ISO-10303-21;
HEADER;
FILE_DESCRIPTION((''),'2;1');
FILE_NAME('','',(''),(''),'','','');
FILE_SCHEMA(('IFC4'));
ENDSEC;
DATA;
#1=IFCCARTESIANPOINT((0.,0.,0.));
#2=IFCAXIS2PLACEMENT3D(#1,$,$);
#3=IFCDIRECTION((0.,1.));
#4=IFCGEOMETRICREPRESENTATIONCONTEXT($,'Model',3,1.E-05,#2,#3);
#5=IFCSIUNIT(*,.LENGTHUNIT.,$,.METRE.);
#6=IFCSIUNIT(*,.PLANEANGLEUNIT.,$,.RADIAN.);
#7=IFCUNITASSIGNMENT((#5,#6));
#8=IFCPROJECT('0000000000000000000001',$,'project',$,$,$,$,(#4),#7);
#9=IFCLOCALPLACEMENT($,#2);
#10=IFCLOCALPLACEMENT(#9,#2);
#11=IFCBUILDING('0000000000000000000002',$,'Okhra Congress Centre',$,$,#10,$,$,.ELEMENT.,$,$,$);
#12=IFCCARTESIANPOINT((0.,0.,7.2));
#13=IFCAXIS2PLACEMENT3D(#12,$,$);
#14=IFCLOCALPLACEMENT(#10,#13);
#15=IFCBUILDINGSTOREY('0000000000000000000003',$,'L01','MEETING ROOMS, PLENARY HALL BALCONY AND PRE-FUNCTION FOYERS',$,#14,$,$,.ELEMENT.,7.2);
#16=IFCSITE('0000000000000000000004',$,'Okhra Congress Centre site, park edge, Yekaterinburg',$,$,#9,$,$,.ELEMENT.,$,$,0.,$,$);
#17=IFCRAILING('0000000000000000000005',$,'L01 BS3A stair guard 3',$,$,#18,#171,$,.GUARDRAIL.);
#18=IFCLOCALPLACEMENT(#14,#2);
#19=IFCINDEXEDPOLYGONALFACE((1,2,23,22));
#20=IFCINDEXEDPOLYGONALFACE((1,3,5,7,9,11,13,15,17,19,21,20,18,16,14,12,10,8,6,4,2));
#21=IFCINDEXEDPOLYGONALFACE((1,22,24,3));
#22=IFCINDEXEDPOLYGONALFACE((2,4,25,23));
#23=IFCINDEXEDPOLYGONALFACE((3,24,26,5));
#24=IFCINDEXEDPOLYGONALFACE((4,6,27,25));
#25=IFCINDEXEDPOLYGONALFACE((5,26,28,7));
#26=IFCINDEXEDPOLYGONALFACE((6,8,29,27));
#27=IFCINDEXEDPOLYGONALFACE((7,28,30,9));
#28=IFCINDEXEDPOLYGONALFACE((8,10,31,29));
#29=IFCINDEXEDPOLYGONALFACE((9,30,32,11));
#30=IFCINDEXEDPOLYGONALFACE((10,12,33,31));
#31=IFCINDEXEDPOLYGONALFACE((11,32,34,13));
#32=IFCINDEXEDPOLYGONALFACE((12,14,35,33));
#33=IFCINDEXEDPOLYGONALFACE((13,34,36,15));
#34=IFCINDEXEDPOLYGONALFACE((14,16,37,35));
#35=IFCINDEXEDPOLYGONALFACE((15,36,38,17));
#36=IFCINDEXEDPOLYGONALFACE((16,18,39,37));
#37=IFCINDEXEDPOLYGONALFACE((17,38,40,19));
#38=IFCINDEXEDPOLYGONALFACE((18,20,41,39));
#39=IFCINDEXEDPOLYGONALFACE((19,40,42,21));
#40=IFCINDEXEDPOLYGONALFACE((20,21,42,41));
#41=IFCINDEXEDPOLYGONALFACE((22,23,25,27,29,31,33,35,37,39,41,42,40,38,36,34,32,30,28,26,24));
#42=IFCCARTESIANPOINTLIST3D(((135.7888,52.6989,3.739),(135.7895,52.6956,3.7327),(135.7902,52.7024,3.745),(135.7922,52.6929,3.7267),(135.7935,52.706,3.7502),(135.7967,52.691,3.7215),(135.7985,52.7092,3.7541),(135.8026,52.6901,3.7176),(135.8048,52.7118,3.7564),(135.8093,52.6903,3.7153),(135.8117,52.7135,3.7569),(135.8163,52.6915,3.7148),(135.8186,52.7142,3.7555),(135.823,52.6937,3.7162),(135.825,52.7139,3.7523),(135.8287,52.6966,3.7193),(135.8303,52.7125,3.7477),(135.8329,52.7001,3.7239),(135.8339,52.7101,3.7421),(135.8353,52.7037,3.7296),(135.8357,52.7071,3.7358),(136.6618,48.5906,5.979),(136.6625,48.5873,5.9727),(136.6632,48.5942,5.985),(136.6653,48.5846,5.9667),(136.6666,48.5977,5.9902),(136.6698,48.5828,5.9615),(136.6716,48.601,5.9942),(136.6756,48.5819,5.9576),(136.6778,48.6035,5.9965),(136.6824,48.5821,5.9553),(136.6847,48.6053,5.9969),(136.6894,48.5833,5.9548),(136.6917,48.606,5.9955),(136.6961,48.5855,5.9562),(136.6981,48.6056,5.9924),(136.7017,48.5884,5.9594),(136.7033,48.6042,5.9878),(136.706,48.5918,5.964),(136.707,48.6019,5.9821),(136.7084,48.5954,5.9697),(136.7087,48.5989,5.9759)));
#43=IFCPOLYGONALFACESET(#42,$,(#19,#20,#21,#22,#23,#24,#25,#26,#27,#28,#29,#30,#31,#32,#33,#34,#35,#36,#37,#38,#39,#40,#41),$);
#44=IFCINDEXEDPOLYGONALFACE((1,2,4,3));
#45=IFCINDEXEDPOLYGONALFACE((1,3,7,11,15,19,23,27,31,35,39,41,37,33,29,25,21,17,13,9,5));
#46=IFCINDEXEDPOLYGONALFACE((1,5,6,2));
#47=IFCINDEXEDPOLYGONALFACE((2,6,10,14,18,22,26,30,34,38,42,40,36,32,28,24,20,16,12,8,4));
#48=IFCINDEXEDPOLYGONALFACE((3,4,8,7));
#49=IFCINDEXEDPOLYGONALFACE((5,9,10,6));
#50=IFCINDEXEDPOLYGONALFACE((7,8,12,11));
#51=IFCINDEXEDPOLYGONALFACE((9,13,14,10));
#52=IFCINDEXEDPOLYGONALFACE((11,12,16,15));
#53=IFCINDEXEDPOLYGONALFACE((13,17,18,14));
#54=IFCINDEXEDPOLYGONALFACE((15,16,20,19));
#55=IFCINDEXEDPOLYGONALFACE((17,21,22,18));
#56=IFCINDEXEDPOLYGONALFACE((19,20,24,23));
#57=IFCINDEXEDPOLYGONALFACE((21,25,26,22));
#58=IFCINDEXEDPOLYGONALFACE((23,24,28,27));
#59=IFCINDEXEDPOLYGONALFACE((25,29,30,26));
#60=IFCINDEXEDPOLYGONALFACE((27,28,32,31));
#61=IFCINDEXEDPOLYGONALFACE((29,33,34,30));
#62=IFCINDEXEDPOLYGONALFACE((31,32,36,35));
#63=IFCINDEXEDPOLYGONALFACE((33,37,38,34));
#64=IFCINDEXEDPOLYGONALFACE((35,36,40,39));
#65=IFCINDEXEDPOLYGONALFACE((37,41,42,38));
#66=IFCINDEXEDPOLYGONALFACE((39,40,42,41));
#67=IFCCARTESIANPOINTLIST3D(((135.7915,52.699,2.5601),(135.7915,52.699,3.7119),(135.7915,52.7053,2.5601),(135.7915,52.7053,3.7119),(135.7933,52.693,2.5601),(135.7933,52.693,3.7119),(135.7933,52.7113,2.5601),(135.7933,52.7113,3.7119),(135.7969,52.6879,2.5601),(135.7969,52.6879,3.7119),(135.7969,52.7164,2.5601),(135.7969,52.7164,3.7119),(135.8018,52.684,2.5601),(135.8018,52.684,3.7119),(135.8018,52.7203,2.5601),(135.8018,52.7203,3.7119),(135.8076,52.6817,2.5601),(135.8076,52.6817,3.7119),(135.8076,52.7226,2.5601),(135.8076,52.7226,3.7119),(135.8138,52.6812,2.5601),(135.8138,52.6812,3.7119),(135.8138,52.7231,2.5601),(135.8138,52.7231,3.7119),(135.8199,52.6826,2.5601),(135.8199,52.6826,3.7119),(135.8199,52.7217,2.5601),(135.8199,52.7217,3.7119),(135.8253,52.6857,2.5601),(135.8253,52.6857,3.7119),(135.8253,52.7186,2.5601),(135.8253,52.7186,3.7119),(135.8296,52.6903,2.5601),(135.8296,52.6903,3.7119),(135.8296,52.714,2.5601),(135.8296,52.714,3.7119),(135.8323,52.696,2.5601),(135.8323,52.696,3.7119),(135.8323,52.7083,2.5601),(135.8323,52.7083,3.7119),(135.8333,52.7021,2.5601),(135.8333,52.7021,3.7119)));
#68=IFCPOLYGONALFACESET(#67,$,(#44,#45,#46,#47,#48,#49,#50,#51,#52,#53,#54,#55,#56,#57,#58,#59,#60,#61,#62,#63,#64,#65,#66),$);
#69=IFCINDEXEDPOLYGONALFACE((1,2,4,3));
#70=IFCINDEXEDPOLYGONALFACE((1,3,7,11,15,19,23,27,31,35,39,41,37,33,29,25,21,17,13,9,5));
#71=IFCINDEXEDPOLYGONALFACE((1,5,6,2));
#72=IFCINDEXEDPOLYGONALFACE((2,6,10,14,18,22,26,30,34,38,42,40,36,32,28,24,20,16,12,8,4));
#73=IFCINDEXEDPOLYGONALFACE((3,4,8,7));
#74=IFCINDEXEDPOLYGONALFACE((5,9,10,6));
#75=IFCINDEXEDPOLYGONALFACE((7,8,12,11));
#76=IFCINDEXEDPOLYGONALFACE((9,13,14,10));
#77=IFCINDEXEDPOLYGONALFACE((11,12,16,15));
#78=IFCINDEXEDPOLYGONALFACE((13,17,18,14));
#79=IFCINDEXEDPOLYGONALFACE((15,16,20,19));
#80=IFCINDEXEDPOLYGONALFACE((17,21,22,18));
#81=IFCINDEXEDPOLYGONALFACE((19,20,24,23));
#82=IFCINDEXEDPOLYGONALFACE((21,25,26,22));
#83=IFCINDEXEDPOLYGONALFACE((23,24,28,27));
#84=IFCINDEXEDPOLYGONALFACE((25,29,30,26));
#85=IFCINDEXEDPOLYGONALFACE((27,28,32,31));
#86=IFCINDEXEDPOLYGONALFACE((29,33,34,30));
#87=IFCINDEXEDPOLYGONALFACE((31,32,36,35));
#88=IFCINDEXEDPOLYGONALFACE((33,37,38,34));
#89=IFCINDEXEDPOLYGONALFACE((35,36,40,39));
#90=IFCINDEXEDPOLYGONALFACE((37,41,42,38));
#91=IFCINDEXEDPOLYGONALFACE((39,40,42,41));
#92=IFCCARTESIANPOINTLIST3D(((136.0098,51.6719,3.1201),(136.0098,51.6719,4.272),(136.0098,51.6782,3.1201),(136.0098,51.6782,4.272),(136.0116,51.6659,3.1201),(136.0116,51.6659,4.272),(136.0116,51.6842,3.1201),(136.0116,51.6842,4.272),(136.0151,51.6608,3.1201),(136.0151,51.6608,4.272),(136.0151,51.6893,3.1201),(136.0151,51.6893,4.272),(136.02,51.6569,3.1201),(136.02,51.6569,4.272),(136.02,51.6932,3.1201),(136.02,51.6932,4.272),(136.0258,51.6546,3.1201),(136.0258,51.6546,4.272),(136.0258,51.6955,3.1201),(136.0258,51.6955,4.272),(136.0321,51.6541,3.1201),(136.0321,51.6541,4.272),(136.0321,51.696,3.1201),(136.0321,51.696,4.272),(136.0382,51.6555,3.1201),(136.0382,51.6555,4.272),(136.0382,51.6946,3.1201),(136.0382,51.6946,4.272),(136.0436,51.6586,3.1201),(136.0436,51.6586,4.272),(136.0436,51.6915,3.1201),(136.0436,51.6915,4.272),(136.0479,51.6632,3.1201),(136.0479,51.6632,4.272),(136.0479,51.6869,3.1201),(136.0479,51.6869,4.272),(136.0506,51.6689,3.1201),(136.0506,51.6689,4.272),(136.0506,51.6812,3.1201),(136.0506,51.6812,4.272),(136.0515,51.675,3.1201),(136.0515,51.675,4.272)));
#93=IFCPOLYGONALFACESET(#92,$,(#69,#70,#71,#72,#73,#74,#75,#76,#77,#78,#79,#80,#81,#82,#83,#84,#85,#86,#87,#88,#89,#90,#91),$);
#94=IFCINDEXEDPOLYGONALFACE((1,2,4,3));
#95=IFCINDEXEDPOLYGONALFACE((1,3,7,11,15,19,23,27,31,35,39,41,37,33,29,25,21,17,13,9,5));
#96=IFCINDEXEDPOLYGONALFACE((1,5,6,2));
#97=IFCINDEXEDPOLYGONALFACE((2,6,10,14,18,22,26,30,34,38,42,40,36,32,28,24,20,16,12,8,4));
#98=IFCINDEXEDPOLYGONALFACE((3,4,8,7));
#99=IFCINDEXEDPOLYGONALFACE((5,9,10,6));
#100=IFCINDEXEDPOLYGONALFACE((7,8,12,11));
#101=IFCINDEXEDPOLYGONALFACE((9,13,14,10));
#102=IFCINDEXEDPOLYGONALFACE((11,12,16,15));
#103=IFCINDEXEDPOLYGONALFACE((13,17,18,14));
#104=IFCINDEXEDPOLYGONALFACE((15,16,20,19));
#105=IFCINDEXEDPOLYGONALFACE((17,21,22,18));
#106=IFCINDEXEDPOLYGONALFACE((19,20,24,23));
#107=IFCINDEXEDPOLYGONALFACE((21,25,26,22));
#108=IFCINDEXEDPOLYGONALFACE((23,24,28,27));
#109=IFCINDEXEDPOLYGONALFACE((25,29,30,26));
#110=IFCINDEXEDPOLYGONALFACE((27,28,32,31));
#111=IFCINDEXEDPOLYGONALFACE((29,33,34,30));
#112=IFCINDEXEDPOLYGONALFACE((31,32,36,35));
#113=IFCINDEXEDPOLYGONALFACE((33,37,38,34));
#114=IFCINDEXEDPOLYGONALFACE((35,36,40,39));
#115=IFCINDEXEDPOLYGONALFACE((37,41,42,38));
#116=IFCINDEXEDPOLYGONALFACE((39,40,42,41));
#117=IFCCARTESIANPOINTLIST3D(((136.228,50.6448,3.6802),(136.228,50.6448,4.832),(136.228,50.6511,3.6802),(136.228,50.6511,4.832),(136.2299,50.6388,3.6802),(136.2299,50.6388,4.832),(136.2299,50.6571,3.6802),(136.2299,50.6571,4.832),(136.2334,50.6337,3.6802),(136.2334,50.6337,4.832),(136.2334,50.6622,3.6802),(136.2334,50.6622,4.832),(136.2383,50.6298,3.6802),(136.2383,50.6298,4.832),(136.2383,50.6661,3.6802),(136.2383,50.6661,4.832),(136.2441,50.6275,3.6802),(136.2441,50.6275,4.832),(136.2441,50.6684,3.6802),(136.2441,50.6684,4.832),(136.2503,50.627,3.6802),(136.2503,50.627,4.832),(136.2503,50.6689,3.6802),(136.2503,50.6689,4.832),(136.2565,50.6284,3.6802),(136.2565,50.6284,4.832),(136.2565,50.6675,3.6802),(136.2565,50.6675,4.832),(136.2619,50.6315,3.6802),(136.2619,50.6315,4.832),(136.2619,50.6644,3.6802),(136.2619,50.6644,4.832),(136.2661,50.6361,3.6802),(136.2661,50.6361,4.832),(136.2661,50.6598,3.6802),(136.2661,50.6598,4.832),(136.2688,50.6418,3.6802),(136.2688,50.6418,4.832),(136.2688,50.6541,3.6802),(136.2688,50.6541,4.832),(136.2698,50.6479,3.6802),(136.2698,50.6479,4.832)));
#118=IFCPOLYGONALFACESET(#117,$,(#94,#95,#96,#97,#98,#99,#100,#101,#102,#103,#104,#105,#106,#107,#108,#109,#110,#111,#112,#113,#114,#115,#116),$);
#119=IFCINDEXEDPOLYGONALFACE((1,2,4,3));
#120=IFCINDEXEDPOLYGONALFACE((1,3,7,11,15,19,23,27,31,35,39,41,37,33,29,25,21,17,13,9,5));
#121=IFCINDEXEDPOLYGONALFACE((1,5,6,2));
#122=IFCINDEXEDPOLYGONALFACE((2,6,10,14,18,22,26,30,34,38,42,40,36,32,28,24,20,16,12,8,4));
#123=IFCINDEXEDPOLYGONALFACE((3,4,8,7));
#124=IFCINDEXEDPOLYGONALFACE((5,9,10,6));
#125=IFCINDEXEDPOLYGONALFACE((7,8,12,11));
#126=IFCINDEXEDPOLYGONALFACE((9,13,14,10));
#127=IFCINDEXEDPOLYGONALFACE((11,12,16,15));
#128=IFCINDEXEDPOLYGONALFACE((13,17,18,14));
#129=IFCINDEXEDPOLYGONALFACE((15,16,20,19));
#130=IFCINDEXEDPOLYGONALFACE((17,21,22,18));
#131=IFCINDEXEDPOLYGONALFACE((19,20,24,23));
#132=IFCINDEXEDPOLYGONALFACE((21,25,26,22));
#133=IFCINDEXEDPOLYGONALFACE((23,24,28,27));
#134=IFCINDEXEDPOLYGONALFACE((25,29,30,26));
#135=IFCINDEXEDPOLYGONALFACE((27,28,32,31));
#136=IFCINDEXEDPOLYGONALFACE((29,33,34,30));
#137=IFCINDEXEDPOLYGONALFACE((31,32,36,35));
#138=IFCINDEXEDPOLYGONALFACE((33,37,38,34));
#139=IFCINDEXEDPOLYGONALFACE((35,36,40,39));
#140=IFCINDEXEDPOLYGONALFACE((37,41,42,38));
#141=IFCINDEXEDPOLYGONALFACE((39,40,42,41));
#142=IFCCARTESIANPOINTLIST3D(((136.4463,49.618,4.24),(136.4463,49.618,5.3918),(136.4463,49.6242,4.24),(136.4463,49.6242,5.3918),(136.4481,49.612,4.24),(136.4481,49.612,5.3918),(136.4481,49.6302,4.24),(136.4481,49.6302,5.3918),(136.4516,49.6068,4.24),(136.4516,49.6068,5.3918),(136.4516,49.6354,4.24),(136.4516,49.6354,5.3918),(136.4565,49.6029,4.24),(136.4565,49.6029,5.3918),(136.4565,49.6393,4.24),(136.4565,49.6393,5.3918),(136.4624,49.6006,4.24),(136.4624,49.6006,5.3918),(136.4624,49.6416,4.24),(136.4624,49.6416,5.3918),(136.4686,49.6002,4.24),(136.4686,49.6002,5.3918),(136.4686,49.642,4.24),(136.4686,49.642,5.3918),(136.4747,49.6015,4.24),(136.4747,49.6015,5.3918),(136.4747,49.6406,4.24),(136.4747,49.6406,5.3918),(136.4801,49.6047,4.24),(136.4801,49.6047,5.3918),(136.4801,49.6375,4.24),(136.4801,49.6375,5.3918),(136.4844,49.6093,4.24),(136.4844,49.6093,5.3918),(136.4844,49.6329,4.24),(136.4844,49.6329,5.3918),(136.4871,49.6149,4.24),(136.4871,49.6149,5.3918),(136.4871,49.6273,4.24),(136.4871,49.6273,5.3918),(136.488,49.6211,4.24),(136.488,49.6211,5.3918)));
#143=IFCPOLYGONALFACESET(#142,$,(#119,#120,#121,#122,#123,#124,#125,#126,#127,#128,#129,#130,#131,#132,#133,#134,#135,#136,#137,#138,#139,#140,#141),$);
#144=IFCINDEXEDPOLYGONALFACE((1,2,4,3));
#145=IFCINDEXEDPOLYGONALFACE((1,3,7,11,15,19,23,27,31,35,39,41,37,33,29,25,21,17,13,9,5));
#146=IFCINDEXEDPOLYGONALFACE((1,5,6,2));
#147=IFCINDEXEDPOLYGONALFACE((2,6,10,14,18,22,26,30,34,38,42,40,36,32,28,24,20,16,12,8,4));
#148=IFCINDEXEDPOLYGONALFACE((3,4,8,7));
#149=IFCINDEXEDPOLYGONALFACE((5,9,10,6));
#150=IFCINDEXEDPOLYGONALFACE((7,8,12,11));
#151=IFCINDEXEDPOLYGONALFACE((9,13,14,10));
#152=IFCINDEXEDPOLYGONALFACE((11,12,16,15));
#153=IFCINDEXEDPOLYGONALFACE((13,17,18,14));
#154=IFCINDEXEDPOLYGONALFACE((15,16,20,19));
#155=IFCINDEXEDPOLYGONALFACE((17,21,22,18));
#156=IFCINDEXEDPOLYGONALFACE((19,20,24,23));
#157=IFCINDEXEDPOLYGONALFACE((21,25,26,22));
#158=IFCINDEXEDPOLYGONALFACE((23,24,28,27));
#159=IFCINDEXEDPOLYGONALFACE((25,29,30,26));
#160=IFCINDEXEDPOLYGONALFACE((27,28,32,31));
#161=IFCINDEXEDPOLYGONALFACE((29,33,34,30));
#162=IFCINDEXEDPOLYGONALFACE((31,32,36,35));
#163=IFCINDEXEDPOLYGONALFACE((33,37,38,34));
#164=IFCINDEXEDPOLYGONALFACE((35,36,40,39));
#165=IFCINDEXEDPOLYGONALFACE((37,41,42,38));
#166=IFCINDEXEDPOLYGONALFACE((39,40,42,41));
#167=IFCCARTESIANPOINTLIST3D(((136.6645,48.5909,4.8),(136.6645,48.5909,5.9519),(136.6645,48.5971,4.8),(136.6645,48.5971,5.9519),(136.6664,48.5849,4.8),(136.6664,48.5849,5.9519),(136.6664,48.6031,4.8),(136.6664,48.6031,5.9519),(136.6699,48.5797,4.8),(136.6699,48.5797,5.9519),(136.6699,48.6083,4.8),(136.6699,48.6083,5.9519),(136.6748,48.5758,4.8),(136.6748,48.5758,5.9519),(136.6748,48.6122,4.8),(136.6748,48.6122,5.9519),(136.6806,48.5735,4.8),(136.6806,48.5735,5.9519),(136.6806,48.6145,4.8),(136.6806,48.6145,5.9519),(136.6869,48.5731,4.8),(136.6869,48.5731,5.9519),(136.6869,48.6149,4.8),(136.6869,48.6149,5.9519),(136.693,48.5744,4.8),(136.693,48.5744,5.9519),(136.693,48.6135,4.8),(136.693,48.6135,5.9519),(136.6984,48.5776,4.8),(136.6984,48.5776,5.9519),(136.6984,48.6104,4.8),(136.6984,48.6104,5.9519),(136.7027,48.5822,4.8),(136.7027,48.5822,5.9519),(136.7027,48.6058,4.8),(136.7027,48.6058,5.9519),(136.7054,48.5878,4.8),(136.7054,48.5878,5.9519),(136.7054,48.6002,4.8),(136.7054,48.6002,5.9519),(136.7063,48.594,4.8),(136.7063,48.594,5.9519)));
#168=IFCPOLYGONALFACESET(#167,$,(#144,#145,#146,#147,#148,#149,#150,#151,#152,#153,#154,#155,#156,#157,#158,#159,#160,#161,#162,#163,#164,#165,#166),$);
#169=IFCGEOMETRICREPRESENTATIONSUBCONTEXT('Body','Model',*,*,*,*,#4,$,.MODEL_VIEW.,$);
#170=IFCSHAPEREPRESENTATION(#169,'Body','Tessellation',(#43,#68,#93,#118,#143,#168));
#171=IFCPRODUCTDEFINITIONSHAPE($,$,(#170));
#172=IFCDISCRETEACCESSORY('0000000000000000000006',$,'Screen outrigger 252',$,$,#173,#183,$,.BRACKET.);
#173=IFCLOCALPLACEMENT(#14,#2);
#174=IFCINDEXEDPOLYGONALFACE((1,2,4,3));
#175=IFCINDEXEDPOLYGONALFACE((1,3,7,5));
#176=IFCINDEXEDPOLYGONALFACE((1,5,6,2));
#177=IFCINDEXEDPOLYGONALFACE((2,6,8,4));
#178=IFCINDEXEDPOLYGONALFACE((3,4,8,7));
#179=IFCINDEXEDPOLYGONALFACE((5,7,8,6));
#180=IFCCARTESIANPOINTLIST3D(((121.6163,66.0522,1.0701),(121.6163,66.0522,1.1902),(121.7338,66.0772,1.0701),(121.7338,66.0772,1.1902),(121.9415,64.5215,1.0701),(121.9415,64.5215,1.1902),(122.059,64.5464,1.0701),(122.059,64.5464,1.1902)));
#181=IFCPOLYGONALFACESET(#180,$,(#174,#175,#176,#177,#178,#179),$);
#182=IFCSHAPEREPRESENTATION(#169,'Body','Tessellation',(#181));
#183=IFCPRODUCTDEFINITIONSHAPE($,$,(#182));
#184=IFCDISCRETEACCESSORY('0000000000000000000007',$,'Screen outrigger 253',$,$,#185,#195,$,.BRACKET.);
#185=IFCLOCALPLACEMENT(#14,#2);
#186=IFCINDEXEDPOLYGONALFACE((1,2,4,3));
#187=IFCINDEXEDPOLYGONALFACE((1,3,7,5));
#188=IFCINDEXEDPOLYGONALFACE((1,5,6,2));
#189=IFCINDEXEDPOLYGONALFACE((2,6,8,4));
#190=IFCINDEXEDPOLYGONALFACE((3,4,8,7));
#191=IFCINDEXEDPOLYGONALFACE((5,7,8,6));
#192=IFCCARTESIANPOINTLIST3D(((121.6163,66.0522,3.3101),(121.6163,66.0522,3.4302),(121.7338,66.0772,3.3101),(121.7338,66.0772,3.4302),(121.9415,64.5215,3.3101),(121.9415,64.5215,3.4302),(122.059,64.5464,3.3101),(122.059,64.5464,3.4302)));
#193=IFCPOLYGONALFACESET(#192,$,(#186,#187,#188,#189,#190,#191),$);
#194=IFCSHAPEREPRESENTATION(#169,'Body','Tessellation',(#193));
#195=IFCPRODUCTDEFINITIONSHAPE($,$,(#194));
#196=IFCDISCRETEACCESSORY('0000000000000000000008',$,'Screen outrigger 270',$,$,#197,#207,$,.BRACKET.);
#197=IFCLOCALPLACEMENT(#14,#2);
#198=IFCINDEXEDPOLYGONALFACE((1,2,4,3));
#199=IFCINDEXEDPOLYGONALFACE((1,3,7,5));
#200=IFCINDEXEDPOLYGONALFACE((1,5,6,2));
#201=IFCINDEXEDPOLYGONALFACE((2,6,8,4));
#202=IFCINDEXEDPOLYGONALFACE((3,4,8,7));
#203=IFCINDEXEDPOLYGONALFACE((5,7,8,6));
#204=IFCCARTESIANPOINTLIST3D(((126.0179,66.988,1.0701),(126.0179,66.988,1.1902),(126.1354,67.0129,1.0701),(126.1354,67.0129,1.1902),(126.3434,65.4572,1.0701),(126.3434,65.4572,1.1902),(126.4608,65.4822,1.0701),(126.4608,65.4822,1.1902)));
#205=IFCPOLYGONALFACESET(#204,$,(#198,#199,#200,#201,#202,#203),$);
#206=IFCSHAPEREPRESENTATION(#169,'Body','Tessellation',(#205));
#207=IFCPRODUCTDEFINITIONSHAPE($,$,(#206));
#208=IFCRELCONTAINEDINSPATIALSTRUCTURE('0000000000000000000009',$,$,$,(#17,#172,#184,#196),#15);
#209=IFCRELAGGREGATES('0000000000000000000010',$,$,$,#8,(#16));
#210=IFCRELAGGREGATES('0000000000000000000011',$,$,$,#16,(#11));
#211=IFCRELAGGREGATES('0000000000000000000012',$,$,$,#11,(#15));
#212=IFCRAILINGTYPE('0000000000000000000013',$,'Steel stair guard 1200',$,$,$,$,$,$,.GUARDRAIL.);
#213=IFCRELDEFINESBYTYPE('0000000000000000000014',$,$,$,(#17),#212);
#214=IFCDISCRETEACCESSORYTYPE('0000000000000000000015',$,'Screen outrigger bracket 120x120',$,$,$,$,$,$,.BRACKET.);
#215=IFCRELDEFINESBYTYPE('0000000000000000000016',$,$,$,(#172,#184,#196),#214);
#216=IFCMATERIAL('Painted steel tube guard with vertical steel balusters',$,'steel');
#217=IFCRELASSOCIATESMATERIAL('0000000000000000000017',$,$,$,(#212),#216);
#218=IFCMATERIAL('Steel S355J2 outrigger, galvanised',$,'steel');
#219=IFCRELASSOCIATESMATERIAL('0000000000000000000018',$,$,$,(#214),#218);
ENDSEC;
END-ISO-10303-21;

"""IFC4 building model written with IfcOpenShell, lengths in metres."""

from ifc_helpers import new_model, si_unit, direction, frame, origin, origin_2d, place, context, subcontext, project, spatial, rectangle, circle, extrude, material, material_profile, profile_set, type_object, element, save


model = new_model("IFC4")

# Units and contexts
model_context = context("Model", 3, precision=1e-05, world=origin(), true_north=direction((0.0, 1.0)))
body_context = subcontext(model_context, "Body", "Model", "MODEL_VIEW")
ifc_project = project(units=[si_unit("LENGTHUNIT", "METRE"), si_unit("PLANEANGLEUNIT", "RADIAN")], contexts=[model_context])

# Site, building, storey
site_placement = place(None, origin())
site = spatial("IfcSite", under=ifc_project, at=site_placement, Name="Okhra Congress Centre site, park edge, Yekaterinburg", CompositionType="ELEMENT", RefElevation=0.0)
building_placement = place(site_placement, origin())
building = spatial("IfcBuilding", under=site, at=building_placement, Name="Okhra Congress Centre", CompositionType="ELEMENT")
storey_placement = place(building_placement, frame((0.0, 0.0, 7.2)))
storey = spatial("IfcBuildingStorey", under=building, at=storey_placement, Name="L01", Description="MEETING ROOMS, PLENARY HALL BALCONY AND PRE-FUNCTION FOYERS", CompositionType="ELEMENT", Elevation=7.2)

# Railing
ifc_material_1 = material(Name="Painted steel tube guard with vertical steel balusters", Category="steel")
railing_type_1 = type_object("IfcRailingType", Name="Steel stair guard 1200", PredefinedType="GUARDRAIL", material=ifc_material_1)
railing_1_placement = place(storey_placement, frame((135.8123, 52.7021, 2.5601)))
element("IfcRailing", 1, at=railing_1_placement, inside=storey, type_object=railing_type_1, Name="L01 BS3A stair guard 3", PredefinedType="GUARDRAIL", context=body_context, shape_type="SweptSolid", body=[
    extrude(circle(Radius=0.0239, at=origin_2d()), frame((0.0, 0.0, 1.1758), z_axis=(0.183417, -0.863075, 0.470596), x_axis=(0.978156, 0.207873, 0.0)), (0.0, 0.0, 1.0), 4.76),
    extrude(circle(Radius=0.021, at=origin_2d()), origin(), (0.0, 0.0, 1.0), 1.1519),
    extrude(circle(Radius=0.021, at=origin_2d()), frame((0.2183, -1.0271, 0.5601)), (0.0, 0.0, 1.0), 1.1519),
    extrude(circle(Radius=0.021, at=origin_2d()), frame((0.4365, -2.0542, 1.1201)), (0.0, 0.0, 1.0), 1.1519),
    extrude(circle(Radius=0.021, at=origin_2d()), frame((0.6548, -3.0811, 1.6799)), (0.0, 0.0, 1.0), 1.1519),
    extrude(circle(Radius=0.021, at=origin_2d()), frame((0.873, -4.1082, 2.24)), (0.0, 0.0, 1.0), 1.1519),
])

# Discrete accessories
ifc_material_2 = material(Name="Steel S355J2 outrigger, galvanised", Category="steel")
ifc_material_profile_1 = material_profile(ifc_material_2, rectangle(XDim=0.1201, YDim=0.1201, at=origin_2d()), Name="Screen outrigger bracket 120x120")
ifc_profile_set_1 = profile_set([ifc_material_profile_1], Name="Steel S355J2 outrigger, galvanised")
discrete_accessory_type = type_object("IfcDiscreteAccessoryType", Name="Screen outrigger bracket 120x120", PredefinedType="BRACKET", material=ifc_profile_set_1)
for number, where, z_axis, x_axis, name in (
    (2, (122.0002, 64.5339, 1.1301), (-0.207803, 0.978171, 0.0), (-0.978171, -0.207803, 0.0), "Screen outrigger 252"),
    (3, (122.0002, 64.5339, 3.3701), (-0.207803, 0.978171, 0.0), (-0.978171, -0.207803, 0.0), "Screen outrigger 253"),
    (4, (126.4021, 65.4697, 1.1301), (-0.207952, 0.978139, 0.0), (-0.978139, -0.207952, 0.0), "Screen outrigger 270"),
):
    element("IfcDiscreteAccessory", number, at=place(storey_placement, frame(where, z_axis=z_axis, x_axis=x_axis)), inside=storey, type_object=discrete_accessory_type, Name=name, PredefinedType="BRACKET", context=body_context, shape_type="SweptSolid", body=[
        extrude(rectangle(XDim=0.1201, YDim=0.1201, at=origin_2d()), origin(), (0.0, 0.0, 1.0), 1.5649),
    ])

save(model, "model.ifc")
